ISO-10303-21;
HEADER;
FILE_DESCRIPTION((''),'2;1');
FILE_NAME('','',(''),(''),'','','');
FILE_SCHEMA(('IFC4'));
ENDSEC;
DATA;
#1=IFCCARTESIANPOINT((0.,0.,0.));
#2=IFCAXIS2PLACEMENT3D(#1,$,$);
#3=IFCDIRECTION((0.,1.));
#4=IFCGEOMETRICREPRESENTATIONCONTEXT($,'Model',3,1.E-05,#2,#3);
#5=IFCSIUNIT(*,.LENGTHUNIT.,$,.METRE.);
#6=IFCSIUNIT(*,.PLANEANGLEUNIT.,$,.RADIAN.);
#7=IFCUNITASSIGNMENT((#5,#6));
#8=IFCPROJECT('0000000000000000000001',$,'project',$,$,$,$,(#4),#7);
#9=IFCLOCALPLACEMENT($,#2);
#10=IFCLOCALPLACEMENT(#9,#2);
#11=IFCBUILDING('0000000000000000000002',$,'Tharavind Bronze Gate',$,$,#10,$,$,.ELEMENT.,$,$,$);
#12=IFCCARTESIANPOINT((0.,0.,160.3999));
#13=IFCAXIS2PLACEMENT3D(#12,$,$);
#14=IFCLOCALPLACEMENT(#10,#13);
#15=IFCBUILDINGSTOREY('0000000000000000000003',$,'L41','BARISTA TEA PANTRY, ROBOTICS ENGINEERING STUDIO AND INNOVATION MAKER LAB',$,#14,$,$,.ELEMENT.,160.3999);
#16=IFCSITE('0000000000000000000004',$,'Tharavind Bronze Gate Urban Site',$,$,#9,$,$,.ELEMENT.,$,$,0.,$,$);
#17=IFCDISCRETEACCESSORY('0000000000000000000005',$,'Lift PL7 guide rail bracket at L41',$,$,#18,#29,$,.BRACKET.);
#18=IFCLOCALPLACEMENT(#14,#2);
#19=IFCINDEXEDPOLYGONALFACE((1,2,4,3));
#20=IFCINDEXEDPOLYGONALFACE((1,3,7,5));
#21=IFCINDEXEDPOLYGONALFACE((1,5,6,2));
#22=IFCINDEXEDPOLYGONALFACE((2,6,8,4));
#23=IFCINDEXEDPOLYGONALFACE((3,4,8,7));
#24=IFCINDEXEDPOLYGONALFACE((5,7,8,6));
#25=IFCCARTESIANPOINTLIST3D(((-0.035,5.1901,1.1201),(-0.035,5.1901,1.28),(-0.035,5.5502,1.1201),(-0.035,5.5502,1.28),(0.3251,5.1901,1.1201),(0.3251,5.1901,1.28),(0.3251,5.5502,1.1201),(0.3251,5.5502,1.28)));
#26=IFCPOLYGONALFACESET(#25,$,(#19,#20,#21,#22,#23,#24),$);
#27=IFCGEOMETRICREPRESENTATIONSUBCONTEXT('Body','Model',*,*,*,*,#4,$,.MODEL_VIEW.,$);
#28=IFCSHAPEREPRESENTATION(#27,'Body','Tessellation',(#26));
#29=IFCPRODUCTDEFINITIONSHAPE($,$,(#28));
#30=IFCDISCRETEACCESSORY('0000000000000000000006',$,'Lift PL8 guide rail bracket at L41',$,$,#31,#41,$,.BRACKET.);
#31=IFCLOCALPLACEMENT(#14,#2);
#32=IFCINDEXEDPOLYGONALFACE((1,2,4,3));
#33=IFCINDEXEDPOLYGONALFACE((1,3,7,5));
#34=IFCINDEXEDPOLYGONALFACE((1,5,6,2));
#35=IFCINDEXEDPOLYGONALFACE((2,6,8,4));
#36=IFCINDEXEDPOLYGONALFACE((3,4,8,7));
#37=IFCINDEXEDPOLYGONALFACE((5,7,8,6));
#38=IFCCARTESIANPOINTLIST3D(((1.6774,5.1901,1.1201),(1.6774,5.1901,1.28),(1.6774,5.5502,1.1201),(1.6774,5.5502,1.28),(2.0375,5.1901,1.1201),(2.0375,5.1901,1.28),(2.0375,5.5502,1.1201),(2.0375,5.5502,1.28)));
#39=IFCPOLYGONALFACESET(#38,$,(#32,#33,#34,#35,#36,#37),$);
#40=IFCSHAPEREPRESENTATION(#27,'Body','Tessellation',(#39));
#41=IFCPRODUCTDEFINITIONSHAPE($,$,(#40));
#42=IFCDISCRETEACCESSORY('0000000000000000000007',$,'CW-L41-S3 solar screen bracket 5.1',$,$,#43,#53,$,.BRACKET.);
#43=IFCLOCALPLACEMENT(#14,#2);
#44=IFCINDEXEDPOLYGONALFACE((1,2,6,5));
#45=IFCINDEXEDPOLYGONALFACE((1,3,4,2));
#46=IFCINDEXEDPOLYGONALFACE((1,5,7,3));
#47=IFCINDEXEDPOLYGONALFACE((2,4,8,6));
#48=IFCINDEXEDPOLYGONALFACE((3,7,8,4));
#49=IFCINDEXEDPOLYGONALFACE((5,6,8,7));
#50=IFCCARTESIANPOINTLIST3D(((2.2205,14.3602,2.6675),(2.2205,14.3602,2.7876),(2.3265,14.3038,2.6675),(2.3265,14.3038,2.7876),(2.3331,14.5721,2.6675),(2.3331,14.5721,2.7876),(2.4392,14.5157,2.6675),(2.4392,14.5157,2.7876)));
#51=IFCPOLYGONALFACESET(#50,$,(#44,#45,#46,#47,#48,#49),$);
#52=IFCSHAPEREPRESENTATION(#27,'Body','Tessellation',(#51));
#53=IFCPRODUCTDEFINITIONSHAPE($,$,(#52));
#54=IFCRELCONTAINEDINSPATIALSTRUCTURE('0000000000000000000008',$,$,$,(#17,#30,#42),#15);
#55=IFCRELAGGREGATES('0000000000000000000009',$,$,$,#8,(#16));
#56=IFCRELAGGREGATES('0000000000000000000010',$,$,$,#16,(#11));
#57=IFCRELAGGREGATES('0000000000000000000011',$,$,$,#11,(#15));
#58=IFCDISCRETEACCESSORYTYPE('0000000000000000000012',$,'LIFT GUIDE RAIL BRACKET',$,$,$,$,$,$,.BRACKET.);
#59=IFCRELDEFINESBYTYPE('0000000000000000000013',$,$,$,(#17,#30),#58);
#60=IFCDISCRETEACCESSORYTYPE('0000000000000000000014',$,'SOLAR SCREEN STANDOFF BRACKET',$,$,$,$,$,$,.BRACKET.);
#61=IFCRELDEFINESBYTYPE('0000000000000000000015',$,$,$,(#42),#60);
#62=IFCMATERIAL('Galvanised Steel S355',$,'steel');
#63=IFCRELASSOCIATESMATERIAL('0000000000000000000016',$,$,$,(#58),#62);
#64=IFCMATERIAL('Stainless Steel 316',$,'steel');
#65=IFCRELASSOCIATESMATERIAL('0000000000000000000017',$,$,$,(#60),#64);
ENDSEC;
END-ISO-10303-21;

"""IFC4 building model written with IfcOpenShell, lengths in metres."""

from ifc_helpers import new_model, si_unit, direction, frame, origin, origin_2d, place, context, subcontext, project, spatial, rectangle, extrude, material, type_object, element, save


model = new_model("IFC4")

# Units and contexts
model_context = context("Model", 3, precision=1e-05, world=origin(), true_north=direction((0.0, 1.0)))
body_context = subcontext(model_context, "Body", "Model", "MODEL_VIEW")
ifc_project = project(units=[si_unit("LENGTHUNIT", "METRE"), si_unit("PLANEANGLEUNIT", "RADIAN")], contexts=[model_context])

# Site, building, storey
site_placement = place(None, origin())
site = spatial("IfcSite", under=ifc_project, at=site_placement, Name="Tharavind Bronze Gate Urban Site", CompositionType="ELEMENT", RefElevation=0.0)
building_placement = place(site_placement, origin())
building = spatial("IfcBuilding", under=site, at=building_placement, Name="Tharavind Bronze Gate", CompositionType="ELEMENT")
storey_placement = place(building_placement, frame((0.0, 0.0, 160.3999)))
storey = spatial("IfcBuildingStorey", under=building, at=storey_placement, Name="L41", Description="BARISTA TEA PANTRY, ROBOTICS ENGINEERING STUDIO AND INNOVATION MAKER LAB", CompositionType="ELEMENT", Elevation=160.3999)

# Discrete accessories
ifc_material_1 = material(Name="Galvanised Steel S355", Category="steel")
discrete_accessory_type_1 = type_object("IfcDiscreteAccessoryType", Name="LIFT GUIDE RAIL BRACKET", PredefinedType="BRACKET", material=ifc_material_1)
for number, where, z_axis, x_axis, name in (
    (1, (0.145, 5.3701, 1.1201), (0.0, 0.0, 1.0), (1.0, 0.0, 0.0), "Lift PL7 guide rail bracket at L41"),
    (2, (1.8574, 5.3701, 1.1201), (0.0, 0.0, 1.0), (1.0, 0.0, 0.0), "Lift PL8 guide rail bracket at L41"),
):
    element("IfcDiscreteAccessory", number, at=place(storey_placement, frame(where, z_axis=z_axis, x_axis=x_axis)), inside=storey, type_object=discrete_accessory_type_1, Name=name, PredefinedType="BRACKET", context=body_context, shape_type="SweptSolid", body=[
        extrude(rectangle(XDim=0.3601, YDim=0.3601, at=origin_2d()), origin(), (0.0, 0.0, 1.0), 0.1599),
    ])
ifc_material_2 = material(Name="Stainless Steel 316", Category="steel")
discrete_accessory_type_2 = type_object("IfcDiscreteAccessoryType", Name="SOLAR SCREEN STANDOFF BRACKET", PredefinedType="BRACKET", material=ifc_material_2)
discrete_accessory_placement = place(storey_placement, frame((2.3298, 14.438, 2.6675), z_axis=(0.0, 0.0, 1.0), x_axis=(-0.882948, 0.469472, 0.0)))
element("IfcDiscreteAccessory", 3, at=discrete_accessory_placement, inside=storey, type_object=discrete_accessory_type_2, Name="CW-L41-S3 solar screen bracket 5.1", PredefinedType="BRACKET", context=body_context, shape_type="SweptSolid", body=[
    extrude(rectangle(XDim=0.1201, YDim=0.24, at=origin_2d()), origin(), (0.0, 0.0, 1.0), 0.1201),
])

save(model, "model.ifc")
